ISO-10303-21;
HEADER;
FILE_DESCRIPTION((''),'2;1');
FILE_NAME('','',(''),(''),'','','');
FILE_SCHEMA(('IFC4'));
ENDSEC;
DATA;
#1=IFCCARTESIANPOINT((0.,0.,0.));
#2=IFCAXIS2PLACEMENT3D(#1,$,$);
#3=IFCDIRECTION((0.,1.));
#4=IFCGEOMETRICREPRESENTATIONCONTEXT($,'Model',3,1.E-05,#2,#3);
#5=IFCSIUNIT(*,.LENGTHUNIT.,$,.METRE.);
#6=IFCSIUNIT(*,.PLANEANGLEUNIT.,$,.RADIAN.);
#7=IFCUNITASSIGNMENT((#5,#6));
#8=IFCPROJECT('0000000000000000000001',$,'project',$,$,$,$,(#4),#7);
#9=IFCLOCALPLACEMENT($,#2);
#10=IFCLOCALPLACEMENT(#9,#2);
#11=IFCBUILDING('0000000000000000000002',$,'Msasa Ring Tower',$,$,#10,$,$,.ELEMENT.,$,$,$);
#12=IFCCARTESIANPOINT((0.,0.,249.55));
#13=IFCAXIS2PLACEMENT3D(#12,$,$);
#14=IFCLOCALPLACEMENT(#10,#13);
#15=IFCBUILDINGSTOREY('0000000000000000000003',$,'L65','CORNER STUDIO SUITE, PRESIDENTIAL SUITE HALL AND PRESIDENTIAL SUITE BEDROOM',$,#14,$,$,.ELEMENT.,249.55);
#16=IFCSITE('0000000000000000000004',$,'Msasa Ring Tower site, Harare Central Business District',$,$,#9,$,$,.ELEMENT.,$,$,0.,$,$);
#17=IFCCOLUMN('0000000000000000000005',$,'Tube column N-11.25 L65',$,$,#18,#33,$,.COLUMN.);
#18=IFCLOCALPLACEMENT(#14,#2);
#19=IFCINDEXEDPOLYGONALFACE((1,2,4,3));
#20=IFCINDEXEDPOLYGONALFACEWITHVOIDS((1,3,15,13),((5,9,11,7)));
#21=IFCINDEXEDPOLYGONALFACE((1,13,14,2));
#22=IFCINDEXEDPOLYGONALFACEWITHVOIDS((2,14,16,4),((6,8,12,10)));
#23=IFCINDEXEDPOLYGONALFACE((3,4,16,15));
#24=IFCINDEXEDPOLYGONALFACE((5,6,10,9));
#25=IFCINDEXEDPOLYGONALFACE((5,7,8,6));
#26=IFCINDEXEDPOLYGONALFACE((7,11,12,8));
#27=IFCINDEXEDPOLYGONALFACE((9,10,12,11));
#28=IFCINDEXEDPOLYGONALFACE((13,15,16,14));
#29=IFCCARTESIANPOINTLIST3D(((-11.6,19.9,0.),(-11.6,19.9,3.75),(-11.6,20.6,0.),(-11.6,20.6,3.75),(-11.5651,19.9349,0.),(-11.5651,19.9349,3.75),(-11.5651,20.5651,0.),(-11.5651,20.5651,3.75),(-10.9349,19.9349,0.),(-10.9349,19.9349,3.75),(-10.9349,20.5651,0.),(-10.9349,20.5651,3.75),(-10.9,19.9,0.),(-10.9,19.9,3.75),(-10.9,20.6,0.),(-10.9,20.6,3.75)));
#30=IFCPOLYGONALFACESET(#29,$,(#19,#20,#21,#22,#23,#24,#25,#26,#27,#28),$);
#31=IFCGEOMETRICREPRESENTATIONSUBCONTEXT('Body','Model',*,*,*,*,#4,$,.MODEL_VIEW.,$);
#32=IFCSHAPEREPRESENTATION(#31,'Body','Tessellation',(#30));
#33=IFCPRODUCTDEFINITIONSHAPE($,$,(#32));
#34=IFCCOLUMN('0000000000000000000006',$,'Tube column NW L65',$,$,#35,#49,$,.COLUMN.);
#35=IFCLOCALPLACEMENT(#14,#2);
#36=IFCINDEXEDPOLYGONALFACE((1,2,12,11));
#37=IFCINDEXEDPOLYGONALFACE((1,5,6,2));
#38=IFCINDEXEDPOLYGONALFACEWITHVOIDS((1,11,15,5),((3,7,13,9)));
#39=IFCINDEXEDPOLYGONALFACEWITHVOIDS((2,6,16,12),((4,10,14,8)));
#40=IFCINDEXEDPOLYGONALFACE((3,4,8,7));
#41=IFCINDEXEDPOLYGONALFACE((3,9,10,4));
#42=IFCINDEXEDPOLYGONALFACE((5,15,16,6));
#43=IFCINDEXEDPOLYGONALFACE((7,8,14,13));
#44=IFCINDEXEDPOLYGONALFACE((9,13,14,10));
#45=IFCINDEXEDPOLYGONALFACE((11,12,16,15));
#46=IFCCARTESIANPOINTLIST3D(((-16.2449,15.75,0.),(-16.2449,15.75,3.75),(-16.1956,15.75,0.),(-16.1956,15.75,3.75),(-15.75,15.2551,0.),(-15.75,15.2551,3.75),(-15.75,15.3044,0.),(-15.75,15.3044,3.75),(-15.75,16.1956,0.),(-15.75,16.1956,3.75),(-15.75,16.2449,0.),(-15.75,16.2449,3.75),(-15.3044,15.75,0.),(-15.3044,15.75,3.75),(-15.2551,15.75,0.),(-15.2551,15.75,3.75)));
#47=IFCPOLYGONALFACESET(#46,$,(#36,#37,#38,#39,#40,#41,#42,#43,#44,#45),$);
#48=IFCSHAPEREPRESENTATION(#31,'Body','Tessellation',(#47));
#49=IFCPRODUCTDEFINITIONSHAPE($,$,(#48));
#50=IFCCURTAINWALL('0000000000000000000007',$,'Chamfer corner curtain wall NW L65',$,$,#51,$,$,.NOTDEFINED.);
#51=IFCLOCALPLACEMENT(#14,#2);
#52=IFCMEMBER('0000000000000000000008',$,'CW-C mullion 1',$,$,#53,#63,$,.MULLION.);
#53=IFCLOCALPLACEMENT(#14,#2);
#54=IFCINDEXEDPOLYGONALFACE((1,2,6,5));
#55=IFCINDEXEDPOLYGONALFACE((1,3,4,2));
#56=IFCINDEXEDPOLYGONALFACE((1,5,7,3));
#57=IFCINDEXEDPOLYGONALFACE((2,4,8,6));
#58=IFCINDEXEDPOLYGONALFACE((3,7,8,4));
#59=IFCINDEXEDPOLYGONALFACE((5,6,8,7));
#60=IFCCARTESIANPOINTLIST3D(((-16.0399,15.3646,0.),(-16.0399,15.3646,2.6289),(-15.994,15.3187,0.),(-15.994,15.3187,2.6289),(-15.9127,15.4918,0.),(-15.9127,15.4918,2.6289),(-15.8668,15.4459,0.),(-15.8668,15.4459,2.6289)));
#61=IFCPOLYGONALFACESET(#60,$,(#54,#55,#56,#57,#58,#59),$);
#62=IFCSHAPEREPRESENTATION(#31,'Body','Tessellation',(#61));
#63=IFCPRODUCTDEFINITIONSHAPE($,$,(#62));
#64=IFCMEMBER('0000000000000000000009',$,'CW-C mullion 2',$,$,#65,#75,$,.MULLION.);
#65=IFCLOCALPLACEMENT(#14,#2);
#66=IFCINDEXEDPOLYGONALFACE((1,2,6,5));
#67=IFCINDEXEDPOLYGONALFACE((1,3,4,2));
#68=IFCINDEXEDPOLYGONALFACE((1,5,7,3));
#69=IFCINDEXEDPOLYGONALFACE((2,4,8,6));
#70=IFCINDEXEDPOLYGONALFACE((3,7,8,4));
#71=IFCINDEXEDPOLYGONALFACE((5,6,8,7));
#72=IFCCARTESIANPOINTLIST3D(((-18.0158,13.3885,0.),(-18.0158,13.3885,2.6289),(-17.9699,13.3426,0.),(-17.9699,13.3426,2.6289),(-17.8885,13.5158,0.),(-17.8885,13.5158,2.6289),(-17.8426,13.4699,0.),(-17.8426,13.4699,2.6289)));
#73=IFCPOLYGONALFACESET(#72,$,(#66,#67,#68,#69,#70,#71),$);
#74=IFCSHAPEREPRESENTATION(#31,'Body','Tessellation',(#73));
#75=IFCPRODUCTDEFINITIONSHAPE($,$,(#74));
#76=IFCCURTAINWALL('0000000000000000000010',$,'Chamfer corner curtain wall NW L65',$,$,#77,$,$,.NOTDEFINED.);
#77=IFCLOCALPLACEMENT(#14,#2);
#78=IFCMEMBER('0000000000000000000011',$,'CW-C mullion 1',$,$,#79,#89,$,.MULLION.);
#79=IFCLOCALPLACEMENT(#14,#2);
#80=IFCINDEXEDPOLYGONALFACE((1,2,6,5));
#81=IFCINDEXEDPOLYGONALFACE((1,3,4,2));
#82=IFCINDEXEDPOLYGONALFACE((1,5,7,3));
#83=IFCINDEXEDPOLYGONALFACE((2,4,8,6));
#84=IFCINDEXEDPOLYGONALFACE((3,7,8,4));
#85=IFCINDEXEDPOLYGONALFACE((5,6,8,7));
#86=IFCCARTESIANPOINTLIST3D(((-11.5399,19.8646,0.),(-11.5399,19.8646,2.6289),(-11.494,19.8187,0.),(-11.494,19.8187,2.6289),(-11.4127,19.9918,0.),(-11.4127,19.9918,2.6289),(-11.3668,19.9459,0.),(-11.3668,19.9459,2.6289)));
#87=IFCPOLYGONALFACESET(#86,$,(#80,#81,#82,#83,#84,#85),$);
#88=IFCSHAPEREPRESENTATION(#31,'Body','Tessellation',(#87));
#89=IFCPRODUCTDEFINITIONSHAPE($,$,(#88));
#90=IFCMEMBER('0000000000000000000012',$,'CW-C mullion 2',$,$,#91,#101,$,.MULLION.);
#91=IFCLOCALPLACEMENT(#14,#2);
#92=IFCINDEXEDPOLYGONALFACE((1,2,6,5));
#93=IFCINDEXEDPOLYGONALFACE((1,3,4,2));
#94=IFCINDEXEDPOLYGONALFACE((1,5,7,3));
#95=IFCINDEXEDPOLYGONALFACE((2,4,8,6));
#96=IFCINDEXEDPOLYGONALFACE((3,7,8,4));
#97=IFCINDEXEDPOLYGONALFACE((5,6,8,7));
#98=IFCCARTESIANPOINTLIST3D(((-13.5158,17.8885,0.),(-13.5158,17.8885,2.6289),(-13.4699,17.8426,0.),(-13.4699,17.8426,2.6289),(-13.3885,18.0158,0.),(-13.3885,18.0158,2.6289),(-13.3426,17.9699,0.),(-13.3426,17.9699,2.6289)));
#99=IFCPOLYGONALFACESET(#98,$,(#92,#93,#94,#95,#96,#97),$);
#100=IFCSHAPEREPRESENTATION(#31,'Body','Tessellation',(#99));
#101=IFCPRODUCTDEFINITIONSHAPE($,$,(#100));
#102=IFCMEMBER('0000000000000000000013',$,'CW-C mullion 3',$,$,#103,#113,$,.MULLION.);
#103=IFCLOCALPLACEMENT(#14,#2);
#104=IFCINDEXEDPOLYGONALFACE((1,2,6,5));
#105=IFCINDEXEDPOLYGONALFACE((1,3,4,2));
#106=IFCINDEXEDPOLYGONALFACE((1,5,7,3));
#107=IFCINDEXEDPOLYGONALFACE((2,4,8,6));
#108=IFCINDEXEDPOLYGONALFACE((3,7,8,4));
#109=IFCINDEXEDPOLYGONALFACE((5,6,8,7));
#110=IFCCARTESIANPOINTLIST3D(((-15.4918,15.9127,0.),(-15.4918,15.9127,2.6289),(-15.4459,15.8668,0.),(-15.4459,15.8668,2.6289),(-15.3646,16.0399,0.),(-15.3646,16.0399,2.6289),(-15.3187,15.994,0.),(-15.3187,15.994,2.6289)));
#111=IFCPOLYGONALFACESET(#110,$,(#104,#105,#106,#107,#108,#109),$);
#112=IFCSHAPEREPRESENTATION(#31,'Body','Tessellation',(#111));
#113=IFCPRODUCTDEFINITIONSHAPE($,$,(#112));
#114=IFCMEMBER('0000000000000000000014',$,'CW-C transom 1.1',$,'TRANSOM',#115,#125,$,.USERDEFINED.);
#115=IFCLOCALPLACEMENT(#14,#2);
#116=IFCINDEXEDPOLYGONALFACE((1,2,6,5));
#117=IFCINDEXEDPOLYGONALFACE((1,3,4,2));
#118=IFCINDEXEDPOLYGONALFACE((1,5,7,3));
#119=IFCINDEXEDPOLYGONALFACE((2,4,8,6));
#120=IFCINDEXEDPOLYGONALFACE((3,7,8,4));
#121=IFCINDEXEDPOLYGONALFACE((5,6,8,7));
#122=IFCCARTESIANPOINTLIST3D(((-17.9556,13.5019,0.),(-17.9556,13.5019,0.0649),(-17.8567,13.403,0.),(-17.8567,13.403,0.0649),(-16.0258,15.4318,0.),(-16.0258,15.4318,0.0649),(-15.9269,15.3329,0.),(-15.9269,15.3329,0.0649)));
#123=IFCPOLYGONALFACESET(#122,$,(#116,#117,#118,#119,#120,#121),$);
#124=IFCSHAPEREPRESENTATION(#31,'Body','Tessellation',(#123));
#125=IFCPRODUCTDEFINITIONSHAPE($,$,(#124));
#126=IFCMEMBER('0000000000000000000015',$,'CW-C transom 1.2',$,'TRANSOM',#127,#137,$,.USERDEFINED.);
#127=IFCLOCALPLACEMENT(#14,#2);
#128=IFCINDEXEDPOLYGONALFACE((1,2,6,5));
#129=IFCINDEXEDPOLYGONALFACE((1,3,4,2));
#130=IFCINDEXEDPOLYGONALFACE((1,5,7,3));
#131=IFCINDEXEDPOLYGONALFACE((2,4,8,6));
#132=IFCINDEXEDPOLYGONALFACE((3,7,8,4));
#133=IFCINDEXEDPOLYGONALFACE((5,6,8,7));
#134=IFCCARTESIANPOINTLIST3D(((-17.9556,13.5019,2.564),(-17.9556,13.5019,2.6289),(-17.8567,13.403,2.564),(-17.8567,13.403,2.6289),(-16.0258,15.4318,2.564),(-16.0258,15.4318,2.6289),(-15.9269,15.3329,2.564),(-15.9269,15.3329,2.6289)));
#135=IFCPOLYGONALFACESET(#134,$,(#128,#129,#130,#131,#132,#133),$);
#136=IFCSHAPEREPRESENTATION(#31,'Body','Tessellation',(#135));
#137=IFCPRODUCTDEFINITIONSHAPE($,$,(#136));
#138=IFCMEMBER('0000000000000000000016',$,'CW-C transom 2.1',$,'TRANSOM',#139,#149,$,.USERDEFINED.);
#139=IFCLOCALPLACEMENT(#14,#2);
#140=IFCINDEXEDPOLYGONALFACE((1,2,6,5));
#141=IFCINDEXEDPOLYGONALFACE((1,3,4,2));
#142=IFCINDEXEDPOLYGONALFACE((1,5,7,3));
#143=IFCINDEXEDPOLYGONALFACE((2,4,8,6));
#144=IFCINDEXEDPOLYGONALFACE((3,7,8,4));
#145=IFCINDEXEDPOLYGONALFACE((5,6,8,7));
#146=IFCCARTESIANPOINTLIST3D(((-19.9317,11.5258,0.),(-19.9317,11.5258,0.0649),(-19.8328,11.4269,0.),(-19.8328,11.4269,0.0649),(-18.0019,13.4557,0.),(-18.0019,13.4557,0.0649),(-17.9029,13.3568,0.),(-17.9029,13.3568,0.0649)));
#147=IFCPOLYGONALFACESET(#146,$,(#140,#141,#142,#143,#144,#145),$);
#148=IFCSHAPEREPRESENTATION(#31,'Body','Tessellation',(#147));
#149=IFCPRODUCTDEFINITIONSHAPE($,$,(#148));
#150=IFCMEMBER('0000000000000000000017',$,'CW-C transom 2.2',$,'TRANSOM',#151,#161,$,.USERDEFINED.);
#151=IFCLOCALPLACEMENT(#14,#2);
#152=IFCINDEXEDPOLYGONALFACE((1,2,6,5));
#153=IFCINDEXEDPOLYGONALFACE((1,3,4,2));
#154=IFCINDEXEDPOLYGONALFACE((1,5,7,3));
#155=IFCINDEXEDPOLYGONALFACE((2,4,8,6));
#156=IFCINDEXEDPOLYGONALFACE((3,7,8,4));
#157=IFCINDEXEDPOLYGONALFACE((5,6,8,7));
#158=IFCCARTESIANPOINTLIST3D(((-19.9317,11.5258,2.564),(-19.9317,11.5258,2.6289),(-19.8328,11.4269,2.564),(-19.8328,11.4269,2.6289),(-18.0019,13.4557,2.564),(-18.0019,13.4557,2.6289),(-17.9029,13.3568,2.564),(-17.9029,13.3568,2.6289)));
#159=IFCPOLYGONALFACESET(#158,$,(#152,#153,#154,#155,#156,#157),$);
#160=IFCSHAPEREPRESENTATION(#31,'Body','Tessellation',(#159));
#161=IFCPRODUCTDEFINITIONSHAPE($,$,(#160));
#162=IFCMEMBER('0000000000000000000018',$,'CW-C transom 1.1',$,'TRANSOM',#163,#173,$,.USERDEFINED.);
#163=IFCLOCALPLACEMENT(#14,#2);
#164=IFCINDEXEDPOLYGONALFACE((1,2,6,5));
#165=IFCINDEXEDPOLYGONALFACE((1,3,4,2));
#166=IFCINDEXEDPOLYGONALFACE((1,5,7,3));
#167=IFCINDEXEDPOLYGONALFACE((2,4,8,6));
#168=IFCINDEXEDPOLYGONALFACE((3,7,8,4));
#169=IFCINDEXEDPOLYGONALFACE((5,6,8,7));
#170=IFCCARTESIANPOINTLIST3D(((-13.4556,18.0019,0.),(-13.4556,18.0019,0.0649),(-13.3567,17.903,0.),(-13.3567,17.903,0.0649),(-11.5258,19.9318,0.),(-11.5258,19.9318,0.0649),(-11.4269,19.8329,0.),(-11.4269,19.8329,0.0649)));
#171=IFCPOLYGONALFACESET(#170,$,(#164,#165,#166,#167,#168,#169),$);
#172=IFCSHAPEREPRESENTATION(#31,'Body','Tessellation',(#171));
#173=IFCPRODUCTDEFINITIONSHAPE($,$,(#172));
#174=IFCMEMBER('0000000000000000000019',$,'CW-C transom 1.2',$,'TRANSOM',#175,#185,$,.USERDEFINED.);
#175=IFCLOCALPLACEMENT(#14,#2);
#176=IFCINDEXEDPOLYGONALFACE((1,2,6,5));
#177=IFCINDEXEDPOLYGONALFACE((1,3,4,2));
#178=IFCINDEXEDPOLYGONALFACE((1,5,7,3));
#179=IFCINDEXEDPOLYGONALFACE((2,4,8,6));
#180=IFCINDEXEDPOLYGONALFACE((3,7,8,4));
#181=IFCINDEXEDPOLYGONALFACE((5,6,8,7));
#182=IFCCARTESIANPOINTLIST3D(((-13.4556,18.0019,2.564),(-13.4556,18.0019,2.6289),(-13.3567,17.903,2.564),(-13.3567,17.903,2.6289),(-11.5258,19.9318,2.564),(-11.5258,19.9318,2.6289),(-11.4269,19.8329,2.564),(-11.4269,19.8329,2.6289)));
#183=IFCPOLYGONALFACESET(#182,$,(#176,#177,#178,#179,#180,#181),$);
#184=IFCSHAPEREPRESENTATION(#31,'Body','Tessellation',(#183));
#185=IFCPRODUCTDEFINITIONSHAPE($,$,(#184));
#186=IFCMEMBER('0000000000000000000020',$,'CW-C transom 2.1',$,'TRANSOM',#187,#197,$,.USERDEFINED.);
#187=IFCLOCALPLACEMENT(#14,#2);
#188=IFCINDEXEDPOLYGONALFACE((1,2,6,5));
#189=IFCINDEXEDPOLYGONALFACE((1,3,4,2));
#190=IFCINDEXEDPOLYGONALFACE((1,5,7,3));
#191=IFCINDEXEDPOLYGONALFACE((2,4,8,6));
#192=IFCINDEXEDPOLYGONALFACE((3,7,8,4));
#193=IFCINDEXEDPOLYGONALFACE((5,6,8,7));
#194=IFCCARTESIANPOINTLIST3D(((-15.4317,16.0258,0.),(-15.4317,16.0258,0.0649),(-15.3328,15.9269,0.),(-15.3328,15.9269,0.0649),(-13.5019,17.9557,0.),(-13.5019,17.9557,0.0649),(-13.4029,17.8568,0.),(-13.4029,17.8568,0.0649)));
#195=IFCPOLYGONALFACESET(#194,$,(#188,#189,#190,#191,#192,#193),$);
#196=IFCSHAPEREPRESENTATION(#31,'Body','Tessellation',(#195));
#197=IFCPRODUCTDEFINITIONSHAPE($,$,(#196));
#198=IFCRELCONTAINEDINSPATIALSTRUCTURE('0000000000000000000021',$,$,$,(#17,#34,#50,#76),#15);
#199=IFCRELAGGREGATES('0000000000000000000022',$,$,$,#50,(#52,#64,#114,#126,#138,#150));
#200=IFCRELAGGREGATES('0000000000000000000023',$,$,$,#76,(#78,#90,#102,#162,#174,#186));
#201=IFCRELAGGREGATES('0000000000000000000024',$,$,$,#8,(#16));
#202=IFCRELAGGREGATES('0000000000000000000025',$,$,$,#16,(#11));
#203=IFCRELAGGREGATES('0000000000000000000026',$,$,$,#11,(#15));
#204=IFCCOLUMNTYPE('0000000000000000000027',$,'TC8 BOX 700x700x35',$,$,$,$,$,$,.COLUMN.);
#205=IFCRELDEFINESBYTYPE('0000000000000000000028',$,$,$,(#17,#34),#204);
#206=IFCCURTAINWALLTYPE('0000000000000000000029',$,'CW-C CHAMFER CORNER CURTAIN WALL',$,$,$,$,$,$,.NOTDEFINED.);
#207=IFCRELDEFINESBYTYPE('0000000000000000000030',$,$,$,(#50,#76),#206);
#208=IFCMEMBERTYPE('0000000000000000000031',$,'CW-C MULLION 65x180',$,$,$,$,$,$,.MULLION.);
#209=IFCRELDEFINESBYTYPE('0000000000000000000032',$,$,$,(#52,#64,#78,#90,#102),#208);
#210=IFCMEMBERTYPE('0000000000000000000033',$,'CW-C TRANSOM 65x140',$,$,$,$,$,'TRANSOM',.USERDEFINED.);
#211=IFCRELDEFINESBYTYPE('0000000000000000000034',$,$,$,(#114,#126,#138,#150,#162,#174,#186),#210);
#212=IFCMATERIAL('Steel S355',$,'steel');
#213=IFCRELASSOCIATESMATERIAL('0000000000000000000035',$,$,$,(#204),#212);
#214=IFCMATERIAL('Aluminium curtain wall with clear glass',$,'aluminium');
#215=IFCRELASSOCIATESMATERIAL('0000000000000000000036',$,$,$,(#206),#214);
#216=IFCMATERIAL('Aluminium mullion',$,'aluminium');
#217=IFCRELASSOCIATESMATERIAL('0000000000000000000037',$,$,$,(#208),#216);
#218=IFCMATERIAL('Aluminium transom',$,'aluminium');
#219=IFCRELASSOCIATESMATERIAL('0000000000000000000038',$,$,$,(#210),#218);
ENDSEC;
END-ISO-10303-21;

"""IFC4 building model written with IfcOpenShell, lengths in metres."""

from ifc_helpers import new_model, si_unit, direction, frame, origin, origin_2d, place, context, subcontext, project, spatial, rectangle, hollow_rectangle, extrude, material, material_profile, profile_set, type_object, element, aggregate, save


model = new_model("IFC4")

# Units and contexts
model_context = context("Model", 3, precision=1e-05, world=origin(), true_north=direction((0.0, 1.0)))
body_context = subcontext(model_context, "Body", "Model", "MODEL_VIEW")
ifc_project = project(units=[si_unit("LENGTHUNIT", "METRE"), si_unit("PLANEANGLEUNIT", "RADIAN")], contexts=[model_context])

# Site, building, storey
site_placement = place(None, origin())
site = spatial("IfcSite", under=ifc_project, at=site_placement, Name="Msasa Ring Tower site, Harare Central Business District", CompositionType="ELEMENT", RefElevation=0.0)
building_placement = place(site_placement, origin())
building = spatial("IfcBuilding", under=site, at=building_placement, Name="Msasa Ring Tower", CompositionType="ELEMENT")
storey_placement = place(building_placement, frame((0.0, 0.0, 249.55)))
storey = spatial("IfcBuildingStorey", under=building, at=storey_placement, Name="L65", Description="CORNER STUDIO SUITE, PRESIDENTIAL SUITE HALL AND PRESIDENTIAL SUITE BEDROOM", CompositionType="ELEMENT", Elevation=249.55)

# Columns
ifc_material_1 = material(Name="Steel S355", Category="steel")
ifc_material_profile_1 = material_profile(ifc_material_1, hollow_rectangle(XDim=0.7, YDim=0.7, WallThickness=0.0349, at=origin_2d()), Name="BOX 700x700x35")
ifc_profile_set_1 = profile_set([ifc_material_profile_1], Name="Steel S355")
column_type = type_object("IfcColumnType", Name="TC8 BOX 700x700x35", PredefinedType="COLUMN", material=ifc_profile_set_1)
for number, where, z_axis, x_axis, name in (
    (1, (-11.25, 20.25, 0.0), (0.0, 0.0, 1.0), (0.0, 1.0, 0.0), "Tube column N-11.25 L65"),
    (2, (-15.75, 15.75, 0.0), (0.0, 0.0, 1.0), (0.707107, -0.707107, 0.0), "Tube column NW L65"),
):
    element("IfcColumn", number, at=place(storey_placement, frame(where, z_axis=z_axis, x_axis=x_axis)), inside=storey, type_object=column_type, Name=name, PredefinedType="COLUMN", context=body_context, shape_type="SweptSolid", body=[
        extrude(hollow_rectangle(XDim=0.7, YDim=0.7, WallThickness=0.0349, at=origin_2d()), origin(), (0.0, 0.0, 1.0), 3.75),
    ])

# Curtain walls, members
ifc_material_2 = material(Name="Aluminium curtain wall with clear glass", Category="aluminium")
curtain_wall_type = type_object("IfcCurtainWallType", Name="CW-C CHAMFER CORNER CURTAIN WALL", PredefinedType="NOTDEFINED", material=ifc_material_2)
curtain_wall_1_placement = place(storey_placement, origin())
curtain_wall_1 = element("IfcCurtainWall", 3, at=curtain_wall_1_placement, inside=storey, type_object=curtain_wall_type, Name="Chamfer corner curtain wall NW L65", PredefinedType="NOTDEFINED")
ifc_material_3 = material(Name="Aluminium mullion", Category="aluminium")
ifc_material_profile_2 = material_profile(ifc_material_3, rectangle(XDim=0.0649, YDim=0.1799, at=origin_2d()), Name="AL 65x180")
ifc_profile_set_2 = profile_set([ifc_material_profile_2], Name="Aluminium mullion")
member_type_1 = type_object("IfcMemberType", Name="CW-C MULLION 65x180", PredefinedType="MULLION", material=ifc_profile_set_2)
member_1_placement = place(storey_placement, frame((-15.9534, 15.4053, 0.0), z_axis=(0.0, 0.0, 1.0), x_axis=(0.707107, -0.707107, 0.0)))
member_1 = element("IfcMember", 4, at=member_1_placement, type_object=member_type_1, Name="CW-C mullion 1", PredefinedType="MULLION", context=body_context, shape_type="SweptSolid", body=[
    extrude(rectangle(XDim=0.0649, YDim=0.1799, at=origin_2d()), origin(), (0.0, 0.0, 1.0), 2.6289),
])
member_2_placement = place(storey_placement, frame((-17.9292, 13.4292, 0.0), z_axis=(0.0, 0.0, 1.0), x_axis=(0.707107, -0.707107, 0.0)))
member_2 = element("IfcMember", 5, at=member_2_placement, type_object=member_type_1, Name="CW-C mullion 2", PredefinedType="MULLION", context=body_context, shape_type="SweptSolid", body=[
    extrude(rectangle(XDim=0.0649, YDim=0.1799, at=origin_2d()), origin(), (0.0, 0.0, 1.0), 2.6289),
])
curtain_wall_2_placement = place(storey_placement, origin())
curtain_wall_2 = element("IfcCurtainWall", 6, at=curtain_wall_2_placement, inside=storey, type_object=curtain_wall_type, Name="Chamfer corner curtain wall NW L65", PredefinedType="NOTDEFINED")
member_3_placement = place(storey_placement, frame((-11.4534, 19.9053, 0.0), z_axis=(0.0, 0.0, 1.0), x_axis=(0.707107, -0.707107, 0.0)))
member_3 = element("IfcMember", 7, at=member_3_placement, type_object=member_type_1, Name="CW-C mullion 1", PredefinedType="MULLION", context=body_context, shape_type="SweptSolid", body=[
    extrude(rectangle(XDim=0.0649, YDim=0.1799, at=origin_2d()), origin(), (0.0, 0.0, 1.0), 2.6289),
])
member_4_placement = place(storey_placement, frame((-13.4292, 17.9292, 0.0), z_axis=(0.0, 0.0, 1.0), x_axis=(0.707107, -0.707107, 0.0)))
member_4 = element("IfcMember", 8, at=member_4_placement, type_object=member_type_1, Name="CW-C mullion 2", PredefinedType="MULLION", context=body_context, shape_type="SweptSolid", body=[
    extrude(rectangle(XDim=0.0649, YDim=0.1799, at=origin_2d()), origin(), (0.0, 0.0, 1.0), 2.6289),
])
member_5_placement = place(storey_placement, frame((-15.4053, 15.9534, 0.0), z_axis=(0.0, 0.0, 1.0), x_axis=(0.707107, -0.707107, 0.0)))
member_5 = element("IfcMember", 9, at=member_5_placement, type_object=member_type_1, Name="CW-C mullion 3", PredefinedType="MULLION", context=body_context, shape_type="SweptSolid", body=[
    extrude(rectangle(XDim=0.0649, YDim=0.1799, at=origin_2d()), origin(), (0.0, 0.0, 1.0), 2.6289),
])

# Members
ifc_material_4 = material(Name="Aluminium transom", Category="aluminium")
ifc_material_profile_3 = material_profile(ifc_material_4, rectangle(XDim=0.1399, YDim=0.0649, at=origin_2d()), Name="AL 65x140")
ifc_profile_set_3 = profile_set([ifc_material_profile_3], Name="Aluminium transom")
member_type_2 = type_object("IfcMemberType", Name="CW-C TRANSOM 65x140", ElementType="TRANSOM", PredefinedType="USERDEFINED", material=ifc_profile_set_3)
member_6_placement = place(storey_placement, frame((-15.9763, 15.3823, 0.0325), z_axis=(-0.707107, -0.707107, 0.0), x_axis=(0.707107, -0.707107, 0.0)))
member_6 = element("IfcMember", 10, at=member_6_placement, type_object=member_type_2, Name="CW-C transom 1.1", ObjectType="TRANSOM", PredefinedType="USERDEFINED", context=body_context, shape_type="SweptSolid", body=[
    extrude(rectangle(XDim=0.1399, YDim=0.0649, at=origin_2d()), origin(), (0.0, 0.0, 1.0), 2.7292),
])
member_7_placement = place(storey_placement, frame((-15.9763, 15.3823, 2.5964), z_axis=(-0.707107, -0.707107, 0.0), x_axis=(0.707107, -0.707107, 0.0)))
member_7 = element("IfcMember", 11, at=member_7_placement, type_object=member_type_2, Name="CW-C transom 1.2", ObjectType="TRANSOM", PredefinedType="USERDEFINED", context=body_context, shape_type="SweptSolid", body=[
    extrude(rectangle(XDim=0.1399, YDim=0.0649, at=origin_2d()), origin(), (0.0, 0.0, 1.0), 2.7292),
])
member_8_placement = place(storey_placement, frame((-17.9524, 13.4062, 0.0325), z_axis=(-0.707107, -0.707107, 0.0), x_axis=(0.707107, -0.707107, 0.0)))
member_8 = element("IfcMember", 12, at=member_8_placement, type_object=member_type_2, Name="CW-C transom 2.1", ObjectType="TRANSOM", PredefinedType="USERDEFINED", context=body_context, shape_type="SweptSolid", body=[
    extrude(rectangle(XDim=0.1399, YDim=0.0649, at=origin_2d()), origin(), (0.0, 0.0, 1.0), 2.7292),
])
member_9_placement = place(storey_placement, frame((-17.9524, 13.4062, 2.5964), z_axis=(-0.707107, -0.707107, 0.0), x_axis=(0.707107, -0.707107, 0.0)))
member_9 = element("IfcMember", 13, at=member_9_placement, type_object=member_type_2, Name="CW-C transom 2.2", ObjectType="TRANSOM", PredefinedType="USERDEFINED", context=body_context, shape_type="SweptSolid", body=[
    extrude(rectangle(XDim=0.1399, YDim=0.0649, at=origin_2d()), origin(), (0.0, 0.0, 1.0), 2.7292),
])
member_10_placement = place(storey_placement, frame((-11.4763, 19.8823, 0.0325), z_axis=(-0.707107, -0.707107, 0.0), x_axis=(0.707107, -0.707107, 0.0)))
member_10 = element("IfcMember", 14, at=member_10_placement, type_object=member_type_2, Name="CW-C transom 1.1", ObjectType="TRANSOM", PredefinedType="USERDEFINED", context=body_context, shape_type="SweptSolid", body=[
    extrude(rectangle(XDim=0.1399, YDim=0.0649, at=origin_2d()), origin(), (0.0, 0.0, 1.0), 2.7292),
])
member_11_placement = place(storey_placement, frame((-11.4763, 19.8823, 2.5964), z_axis=(-0.707107, -0.707107, 0.0), x_axis=(0.707107, -0.707107, 0.0)))
member_11 = element("IfcMember", 15, at=member_11_placement, type_object=member_type_2, Name="CW-C transom 1.2", ObjectType="TRANSOM", PredefinedType="USERDEFINED", context=body_context, shape_type="SweptSolid", body=[
    extrude(rectangle(XDim=0.1399, YDim=0.0649, at=origin_2d()), origin(), (0.0, 0.0, 1.0), 2.7292),
])
member_12_placement = place(storey_placement, frame((-13.4524, 17.9062, 0.0325), z_axis=(-0.707107, -0.707107, 0.0), x_axis=(0.707107, -0.707107, 0.0)))
member_12 = element("IfcMember", 16, at=member_12_placement, type_object=member_type_2, Name="CW-C transom 2.1", ObjectType="TRANSOM", PredefinedType="USERDEFINED", context=body_context, shape_type="SweptSolid", body=[
    extrude(rectangle(XDim=0.1399, YDim=0.0649, at=origin_2d()), origin(), (0.0, 0.0, 1.0), 2.7292),
])

aggregate(curtain_wall_1, [member_1, member_2, member_6, member_7, member_8, member_9])
aggregate(curtain_wall_2, [member_3, member_4, member_5, member_10, member_11, member_12])

save(model, "model.ifc")
